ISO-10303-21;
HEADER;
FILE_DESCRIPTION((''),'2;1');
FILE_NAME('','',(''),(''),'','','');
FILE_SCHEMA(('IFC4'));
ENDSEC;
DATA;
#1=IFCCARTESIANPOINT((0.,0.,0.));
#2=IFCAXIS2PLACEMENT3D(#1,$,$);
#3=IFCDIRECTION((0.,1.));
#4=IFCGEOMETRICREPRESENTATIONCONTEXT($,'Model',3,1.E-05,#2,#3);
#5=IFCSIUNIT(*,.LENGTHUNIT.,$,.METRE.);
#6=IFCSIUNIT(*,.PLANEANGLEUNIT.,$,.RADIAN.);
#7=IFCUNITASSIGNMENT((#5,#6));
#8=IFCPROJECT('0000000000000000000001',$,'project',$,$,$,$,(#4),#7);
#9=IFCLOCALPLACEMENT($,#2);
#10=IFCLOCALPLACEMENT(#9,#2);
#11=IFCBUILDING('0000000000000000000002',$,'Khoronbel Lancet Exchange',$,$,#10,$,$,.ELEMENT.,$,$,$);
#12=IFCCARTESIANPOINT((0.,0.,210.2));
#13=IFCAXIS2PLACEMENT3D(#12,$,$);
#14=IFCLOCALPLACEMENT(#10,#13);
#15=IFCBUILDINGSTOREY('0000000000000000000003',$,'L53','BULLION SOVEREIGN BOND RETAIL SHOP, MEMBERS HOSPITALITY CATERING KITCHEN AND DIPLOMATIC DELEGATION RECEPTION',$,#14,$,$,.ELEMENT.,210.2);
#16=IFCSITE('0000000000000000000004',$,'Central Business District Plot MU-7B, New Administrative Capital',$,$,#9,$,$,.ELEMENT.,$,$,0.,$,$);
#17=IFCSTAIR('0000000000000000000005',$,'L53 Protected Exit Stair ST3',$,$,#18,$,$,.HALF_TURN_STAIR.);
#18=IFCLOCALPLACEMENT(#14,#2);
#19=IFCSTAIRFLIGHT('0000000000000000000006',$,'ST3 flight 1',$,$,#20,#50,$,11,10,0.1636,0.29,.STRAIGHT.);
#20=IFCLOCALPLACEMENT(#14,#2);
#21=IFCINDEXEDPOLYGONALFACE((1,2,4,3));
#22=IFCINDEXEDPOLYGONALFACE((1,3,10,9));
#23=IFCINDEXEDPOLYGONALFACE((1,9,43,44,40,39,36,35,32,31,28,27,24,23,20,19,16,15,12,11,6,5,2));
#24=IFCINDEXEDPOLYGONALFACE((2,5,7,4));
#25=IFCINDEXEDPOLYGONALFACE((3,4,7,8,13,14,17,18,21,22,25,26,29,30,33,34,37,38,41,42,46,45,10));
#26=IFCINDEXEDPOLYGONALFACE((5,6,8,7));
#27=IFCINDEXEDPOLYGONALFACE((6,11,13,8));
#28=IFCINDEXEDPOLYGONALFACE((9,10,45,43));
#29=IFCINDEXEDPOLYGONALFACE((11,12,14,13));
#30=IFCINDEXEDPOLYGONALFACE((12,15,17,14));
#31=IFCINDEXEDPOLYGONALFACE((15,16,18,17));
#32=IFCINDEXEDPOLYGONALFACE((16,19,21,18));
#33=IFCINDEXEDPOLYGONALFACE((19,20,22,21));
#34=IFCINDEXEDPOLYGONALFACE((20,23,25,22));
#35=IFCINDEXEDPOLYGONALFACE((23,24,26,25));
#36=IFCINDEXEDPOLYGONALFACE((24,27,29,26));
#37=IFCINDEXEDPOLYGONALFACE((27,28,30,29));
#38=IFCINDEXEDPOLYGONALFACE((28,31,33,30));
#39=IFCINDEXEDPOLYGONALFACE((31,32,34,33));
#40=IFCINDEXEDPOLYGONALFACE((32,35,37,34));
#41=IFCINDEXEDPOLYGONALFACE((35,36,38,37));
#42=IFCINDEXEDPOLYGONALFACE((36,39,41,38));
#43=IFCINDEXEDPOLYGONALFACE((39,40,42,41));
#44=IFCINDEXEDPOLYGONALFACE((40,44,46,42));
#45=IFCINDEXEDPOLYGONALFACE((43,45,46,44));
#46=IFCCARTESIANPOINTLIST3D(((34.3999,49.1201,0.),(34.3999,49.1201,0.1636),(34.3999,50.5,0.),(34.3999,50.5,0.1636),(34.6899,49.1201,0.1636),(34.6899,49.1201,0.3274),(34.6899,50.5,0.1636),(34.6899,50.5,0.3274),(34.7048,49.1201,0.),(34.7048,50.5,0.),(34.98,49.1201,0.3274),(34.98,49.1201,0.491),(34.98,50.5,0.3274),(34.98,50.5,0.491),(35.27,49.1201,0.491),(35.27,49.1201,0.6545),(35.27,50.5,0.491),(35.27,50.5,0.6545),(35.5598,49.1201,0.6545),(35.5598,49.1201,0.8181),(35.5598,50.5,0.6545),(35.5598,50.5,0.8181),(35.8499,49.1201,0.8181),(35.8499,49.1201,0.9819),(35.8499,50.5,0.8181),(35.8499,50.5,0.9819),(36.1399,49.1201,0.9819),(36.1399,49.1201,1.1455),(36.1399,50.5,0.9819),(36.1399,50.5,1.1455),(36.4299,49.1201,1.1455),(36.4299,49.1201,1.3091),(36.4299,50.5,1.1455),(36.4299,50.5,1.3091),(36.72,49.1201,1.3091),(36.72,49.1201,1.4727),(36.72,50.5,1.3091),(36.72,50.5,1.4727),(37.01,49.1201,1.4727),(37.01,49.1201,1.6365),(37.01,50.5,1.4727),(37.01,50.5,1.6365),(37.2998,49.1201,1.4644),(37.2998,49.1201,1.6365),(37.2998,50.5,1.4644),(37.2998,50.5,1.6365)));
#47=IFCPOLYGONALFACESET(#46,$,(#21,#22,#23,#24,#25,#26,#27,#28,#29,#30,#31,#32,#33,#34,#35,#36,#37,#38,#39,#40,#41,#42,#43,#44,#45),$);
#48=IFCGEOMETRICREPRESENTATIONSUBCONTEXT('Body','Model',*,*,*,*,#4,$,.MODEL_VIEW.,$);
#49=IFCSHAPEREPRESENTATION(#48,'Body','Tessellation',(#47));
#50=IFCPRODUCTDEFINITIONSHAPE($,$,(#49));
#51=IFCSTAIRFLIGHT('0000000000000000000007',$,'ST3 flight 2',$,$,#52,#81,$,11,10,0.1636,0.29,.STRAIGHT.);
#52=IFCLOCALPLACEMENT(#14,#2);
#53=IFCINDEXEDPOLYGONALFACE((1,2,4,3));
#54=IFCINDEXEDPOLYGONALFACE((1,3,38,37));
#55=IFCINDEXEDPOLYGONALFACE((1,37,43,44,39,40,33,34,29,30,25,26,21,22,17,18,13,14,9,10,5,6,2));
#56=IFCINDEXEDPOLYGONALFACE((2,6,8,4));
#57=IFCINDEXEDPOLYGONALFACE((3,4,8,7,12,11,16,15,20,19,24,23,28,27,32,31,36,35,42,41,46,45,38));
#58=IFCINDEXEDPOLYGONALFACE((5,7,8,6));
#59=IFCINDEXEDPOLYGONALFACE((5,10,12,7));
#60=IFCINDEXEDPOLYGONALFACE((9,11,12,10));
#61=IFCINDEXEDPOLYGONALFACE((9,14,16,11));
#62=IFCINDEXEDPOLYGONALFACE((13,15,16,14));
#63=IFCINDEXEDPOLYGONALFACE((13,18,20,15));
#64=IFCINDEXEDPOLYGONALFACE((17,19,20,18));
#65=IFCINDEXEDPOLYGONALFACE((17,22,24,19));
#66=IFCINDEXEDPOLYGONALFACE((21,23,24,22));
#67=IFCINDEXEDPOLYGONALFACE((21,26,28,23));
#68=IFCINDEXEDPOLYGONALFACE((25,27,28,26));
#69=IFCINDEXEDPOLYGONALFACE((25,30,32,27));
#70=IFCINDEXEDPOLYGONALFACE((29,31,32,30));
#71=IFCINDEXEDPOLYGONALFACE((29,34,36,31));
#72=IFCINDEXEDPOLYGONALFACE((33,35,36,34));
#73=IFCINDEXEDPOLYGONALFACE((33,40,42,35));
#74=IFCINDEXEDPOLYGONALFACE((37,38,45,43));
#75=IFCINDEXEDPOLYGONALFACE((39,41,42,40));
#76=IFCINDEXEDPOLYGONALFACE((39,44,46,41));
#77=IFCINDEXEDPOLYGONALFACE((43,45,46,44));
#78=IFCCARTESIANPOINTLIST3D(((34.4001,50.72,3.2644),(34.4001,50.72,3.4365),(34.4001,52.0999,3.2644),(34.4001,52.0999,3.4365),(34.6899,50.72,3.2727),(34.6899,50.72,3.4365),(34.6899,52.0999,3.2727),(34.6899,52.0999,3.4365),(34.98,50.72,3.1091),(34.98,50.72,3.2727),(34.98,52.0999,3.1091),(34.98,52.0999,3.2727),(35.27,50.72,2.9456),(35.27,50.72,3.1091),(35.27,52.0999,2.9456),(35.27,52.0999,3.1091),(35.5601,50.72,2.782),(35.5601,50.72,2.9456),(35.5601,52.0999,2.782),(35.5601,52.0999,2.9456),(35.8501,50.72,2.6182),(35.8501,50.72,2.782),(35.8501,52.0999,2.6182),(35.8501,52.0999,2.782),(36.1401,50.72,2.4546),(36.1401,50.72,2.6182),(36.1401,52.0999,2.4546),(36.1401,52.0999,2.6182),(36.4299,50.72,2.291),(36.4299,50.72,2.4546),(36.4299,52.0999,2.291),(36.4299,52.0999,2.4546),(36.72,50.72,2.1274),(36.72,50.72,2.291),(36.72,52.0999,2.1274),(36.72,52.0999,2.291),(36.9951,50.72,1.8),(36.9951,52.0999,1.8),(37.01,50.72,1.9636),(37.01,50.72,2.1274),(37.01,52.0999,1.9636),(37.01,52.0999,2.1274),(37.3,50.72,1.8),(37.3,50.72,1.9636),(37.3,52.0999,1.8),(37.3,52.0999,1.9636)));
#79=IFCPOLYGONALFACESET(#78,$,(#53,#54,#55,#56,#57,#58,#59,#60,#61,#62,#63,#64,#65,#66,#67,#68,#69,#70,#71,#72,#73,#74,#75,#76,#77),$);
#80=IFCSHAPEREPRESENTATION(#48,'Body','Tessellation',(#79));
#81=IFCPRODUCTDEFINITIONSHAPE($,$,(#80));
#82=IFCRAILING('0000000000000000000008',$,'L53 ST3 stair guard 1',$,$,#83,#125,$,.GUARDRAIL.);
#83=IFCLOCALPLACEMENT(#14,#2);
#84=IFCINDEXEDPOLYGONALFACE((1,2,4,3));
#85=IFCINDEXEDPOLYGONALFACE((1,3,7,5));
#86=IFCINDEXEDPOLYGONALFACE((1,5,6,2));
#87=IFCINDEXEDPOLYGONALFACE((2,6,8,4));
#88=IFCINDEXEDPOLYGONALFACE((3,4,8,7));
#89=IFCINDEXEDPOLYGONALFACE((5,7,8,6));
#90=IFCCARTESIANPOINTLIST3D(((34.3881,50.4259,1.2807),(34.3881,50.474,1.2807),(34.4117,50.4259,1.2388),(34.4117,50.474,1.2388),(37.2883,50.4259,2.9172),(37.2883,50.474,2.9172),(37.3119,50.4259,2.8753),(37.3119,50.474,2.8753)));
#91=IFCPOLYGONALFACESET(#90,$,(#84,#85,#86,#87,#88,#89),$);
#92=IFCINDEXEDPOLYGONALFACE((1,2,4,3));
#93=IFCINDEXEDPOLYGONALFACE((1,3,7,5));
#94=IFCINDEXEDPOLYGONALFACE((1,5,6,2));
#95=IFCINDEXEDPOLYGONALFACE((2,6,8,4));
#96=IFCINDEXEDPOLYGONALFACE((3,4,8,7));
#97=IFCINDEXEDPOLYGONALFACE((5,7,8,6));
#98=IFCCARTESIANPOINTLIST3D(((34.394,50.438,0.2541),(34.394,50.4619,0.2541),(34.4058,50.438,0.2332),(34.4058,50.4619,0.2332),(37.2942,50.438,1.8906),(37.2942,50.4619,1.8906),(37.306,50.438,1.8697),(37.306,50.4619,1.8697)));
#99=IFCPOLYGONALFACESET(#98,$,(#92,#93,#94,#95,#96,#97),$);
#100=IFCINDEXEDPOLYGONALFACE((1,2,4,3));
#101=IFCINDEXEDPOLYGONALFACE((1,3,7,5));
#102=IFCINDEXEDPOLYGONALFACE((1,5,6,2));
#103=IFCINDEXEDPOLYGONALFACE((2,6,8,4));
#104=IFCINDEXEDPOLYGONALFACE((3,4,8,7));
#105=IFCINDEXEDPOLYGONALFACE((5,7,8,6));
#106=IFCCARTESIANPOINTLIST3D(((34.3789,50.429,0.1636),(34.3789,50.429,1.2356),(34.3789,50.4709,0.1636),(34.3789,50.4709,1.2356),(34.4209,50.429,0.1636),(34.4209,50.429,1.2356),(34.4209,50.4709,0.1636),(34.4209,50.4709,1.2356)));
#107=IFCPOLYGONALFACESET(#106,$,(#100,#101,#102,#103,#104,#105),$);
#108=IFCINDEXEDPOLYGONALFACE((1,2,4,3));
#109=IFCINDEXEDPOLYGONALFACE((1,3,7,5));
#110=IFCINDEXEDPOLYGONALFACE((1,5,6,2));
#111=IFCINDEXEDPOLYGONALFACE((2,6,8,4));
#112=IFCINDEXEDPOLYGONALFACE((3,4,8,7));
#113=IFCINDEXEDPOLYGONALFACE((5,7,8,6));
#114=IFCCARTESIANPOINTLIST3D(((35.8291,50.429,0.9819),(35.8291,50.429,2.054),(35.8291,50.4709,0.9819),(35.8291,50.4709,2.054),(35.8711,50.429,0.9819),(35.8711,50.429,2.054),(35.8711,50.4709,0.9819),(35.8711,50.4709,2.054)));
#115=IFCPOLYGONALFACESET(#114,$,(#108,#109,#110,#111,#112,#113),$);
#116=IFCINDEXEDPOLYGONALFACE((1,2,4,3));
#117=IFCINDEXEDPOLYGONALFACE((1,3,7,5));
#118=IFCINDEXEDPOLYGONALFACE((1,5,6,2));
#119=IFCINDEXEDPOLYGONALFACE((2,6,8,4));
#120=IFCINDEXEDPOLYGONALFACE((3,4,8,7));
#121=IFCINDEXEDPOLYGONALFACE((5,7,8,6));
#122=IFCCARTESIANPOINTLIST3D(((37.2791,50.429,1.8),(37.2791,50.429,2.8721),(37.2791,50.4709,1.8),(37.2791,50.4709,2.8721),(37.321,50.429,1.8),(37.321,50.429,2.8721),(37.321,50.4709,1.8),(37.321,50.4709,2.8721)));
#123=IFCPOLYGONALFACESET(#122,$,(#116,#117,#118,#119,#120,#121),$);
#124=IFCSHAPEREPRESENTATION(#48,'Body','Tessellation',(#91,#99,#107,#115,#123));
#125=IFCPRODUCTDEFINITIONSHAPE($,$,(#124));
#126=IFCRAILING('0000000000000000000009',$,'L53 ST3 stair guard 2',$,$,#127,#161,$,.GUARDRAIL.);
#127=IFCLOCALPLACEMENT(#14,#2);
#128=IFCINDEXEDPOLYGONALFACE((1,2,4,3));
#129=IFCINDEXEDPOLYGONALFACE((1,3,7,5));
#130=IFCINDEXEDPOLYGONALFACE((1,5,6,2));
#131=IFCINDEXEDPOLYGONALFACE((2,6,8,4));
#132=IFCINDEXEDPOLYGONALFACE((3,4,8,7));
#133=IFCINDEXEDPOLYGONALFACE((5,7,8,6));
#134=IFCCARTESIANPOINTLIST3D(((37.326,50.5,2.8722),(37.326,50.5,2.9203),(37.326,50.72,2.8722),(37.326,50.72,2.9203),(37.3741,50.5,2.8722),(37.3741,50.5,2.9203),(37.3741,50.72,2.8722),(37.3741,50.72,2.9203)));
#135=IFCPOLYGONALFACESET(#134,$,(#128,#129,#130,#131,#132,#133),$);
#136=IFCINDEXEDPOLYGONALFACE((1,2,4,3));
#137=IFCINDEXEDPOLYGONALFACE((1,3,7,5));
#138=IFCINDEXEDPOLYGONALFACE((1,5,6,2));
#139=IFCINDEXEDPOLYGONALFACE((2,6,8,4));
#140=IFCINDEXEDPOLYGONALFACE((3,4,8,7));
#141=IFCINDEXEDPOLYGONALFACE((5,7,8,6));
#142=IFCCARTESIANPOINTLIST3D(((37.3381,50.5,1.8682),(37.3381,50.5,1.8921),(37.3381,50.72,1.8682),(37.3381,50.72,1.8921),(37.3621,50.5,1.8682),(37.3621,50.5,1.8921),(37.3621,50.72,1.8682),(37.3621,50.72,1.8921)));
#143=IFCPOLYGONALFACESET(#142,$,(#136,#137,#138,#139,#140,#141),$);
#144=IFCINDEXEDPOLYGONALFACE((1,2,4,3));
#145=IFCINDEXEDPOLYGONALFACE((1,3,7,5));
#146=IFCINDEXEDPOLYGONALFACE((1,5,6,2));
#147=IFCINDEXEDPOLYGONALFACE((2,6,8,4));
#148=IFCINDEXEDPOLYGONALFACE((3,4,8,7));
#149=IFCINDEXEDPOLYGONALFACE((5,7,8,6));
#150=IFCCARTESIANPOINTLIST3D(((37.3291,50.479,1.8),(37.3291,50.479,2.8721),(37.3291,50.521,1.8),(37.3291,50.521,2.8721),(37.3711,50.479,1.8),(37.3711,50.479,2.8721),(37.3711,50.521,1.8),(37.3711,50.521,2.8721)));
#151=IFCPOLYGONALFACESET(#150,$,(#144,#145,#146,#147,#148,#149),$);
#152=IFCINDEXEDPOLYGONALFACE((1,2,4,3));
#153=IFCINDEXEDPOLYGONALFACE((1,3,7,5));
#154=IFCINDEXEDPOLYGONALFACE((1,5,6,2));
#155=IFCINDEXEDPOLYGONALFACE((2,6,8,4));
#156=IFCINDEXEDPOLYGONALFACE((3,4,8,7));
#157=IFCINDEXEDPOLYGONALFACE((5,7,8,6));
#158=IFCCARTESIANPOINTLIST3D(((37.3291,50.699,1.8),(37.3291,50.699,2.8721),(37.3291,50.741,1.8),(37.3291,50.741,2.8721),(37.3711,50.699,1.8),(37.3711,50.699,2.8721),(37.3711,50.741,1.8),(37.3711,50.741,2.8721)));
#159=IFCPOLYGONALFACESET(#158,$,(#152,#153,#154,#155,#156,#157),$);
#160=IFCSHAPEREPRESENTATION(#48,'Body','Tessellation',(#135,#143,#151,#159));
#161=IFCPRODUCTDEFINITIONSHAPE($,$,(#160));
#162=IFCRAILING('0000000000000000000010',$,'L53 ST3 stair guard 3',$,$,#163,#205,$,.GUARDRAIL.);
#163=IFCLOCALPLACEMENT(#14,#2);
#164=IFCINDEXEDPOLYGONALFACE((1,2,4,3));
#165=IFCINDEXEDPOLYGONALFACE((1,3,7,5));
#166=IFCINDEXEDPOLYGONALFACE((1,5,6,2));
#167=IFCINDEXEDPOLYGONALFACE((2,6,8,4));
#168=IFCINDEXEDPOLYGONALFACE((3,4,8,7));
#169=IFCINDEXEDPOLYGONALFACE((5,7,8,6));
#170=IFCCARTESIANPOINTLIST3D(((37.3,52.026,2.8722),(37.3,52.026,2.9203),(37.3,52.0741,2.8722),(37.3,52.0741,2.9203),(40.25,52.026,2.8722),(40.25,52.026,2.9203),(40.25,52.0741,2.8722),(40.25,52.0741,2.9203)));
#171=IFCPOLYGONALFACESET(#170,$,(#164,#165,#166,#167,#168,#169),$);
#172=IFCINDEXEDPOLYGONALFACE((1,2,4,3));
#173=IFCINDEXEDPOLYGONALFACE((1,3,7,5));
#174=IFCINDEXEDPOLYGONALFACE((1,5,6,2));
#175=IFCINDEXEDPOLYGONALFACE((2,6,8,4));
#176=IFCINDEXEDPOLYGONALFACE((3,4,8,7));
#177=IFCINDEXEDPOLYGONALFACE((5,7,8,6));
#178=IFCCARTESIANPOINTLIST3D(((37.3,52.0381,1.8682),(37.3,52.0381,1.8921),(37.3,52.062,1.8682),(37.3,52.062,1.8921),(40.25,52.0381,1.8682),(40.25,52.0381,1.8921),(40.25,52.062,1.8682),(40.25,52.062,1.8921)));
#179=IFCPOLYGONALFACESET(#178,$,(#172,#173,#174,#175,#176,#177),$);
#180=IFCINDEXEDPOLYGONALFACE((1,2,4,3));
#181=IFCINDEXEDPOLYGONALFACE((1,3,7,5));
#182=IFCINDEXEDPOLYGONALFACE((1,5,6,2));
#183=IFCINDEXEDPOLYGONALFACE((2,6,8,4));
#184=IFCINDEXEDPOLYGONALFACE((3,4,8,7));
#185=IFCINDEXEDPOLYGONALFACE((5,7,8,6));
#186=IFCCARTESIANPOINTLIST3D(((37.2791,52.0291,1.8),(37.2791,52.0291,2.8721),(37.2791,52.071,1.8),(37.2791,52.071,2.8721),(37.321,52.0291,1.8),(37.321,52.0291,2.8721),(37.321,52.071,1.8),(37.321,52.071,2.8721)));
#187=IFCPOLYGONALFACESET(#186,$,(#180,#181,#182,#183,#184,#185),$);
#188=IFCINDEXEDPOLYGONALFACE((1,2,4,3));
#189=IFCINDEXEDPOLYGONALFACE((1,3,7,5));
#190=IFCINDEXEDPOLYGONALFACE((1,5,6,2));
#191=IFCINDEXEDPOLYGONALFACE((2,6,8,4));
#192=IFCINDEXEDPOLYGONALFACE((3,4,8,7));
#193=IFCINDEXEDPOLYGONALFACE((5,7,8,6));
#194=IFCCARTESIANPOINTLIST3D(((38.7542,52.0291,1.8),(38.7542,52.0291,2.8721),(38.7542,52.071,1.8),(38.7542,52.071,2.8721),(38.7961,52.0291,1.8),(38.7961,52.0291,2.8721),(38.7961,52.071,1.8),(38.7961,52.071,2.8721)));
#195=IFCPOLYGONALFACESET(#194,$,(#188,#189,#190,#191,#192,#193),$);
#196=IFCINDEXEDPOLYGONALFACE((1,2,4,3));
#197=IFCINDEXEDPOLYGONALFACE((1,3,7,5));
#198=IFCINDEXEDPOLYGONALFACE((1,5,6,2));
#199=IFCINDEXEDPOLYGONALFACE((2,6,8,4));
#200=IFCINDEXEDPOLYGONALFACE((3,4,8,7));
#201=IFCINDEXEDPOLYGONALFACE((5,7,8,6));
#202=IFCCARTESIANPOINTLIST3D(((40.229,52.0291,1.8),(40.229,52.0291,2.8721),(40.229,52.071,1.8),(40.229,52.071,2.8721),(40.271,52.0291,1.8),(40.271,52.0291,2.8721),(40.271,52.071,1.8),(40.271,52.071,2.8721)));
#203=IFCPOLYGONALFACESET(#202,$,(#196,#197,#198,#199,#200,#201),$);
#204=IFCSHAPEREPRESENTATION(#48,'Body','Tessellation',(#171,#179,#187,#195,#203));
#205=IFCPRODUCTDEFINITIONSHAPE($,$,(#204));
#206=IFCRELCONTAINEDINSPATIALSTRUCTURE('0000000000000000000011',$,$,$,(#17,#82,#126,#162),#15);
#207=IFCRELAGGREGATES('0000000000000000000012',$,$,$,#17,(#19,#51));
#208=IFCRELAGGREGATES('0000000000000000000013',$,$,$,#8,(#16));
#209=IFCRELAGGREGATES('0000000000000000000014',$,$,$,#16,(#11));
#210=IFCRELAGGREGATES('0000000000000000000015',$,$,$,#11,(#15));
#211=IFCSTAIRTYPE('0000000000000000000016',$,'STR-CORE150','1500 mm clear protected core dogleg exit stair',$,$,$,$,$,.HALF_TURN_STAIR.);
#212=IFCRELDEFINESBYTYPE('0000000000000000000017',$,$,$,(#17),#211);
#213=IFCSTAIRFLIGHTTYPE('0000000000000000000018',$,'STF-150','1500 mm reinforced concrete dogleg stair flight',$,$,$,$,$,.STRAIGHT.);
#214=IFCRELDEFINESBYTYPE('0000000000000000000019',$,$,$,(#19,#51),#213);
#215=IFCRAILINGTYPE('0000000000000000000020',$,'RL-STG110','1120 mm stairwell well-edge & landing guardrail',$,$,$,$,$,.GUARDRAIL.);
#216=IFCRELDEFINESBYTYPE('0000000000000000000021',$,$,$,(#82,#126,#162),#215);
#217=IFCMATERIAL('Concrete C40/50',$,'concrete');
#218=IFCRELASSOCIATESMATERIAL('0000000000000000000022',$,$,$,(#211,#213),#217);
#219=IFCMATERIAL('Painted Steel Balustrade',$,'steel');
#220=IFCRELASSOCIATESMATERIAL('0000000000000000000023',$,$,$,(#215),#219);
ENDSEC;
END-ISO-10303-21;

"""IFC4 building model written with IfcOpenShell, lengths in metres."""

from ifc_helpers import new_model, si_unit, direction, frame, origin, origin_2d, place, context, subcontext, project, spatial, polyline, rectangle, outline, extrude, material, type_object, element, aggregate, save


model = new_model("IFC4")

# Units and contexts
model_context = context("Model", 3, precision=1e-05, world=origin(), true_north=direction((0.0, 1.0)))
body_context = subcontext(model_context, "Body", "Model", "MODEL_VIEW")
ifc_project = project(units=[si_unit("LENGTHUNIT", "METRE"), si_unit("PLANEANGLEUNIT", "RADIAN")], contexts=[model_context])

# Site, building, storey
site_placement = place(None, origin())
site = spatial("IfcSite", under=ifc_project, at=site_placement, Name="Central Business District Plot MU-7B, New Administrative Capital", CompositionType="ELEMENT", RefElevation=0.0)
building_placement = place(site_placement, origin())
building = spatial("IfcBuilding", under=site, at=building_placement, Name="Khoronbel Lancet Exchange", CompositionType="ELEMENT")
storey_placement = place(building_placement, frame((0.0, 0.0, 210.2)))
storey = spatial("IfcBuildingStorey", under=building, at=storey_placement, Name="L53", Description="BULLION SOVEREIGN BOND RETAIL SHOP, MEMBERS HOSPITALITY CATERING KITCHEN AND DIPLOMATIC DELEGATION RECEPTION", CompositionType="ELEMENT", Elevation=210.2)

# Stair, stair flights
ifc_material_1 = material(Name="Concrete C40/50", Category="concrete")
stair_type = type_object("IfcStairType", Name="STR-CORE150", Description="1500 mm clear protected core dogleg exit stair", PredefinedType="HALF_TURN_STAIR", material=ifc_material_1)
stair_placement = place(storey_placement, origin())
stair = element("IfcStair", 1, at=stair_placement, inside=storey, type_object=stair_type, Name="L53 Protected Exit Stair ST3", PredefinedType="HALF_TURN_STAIR")
stair_flight_type = type_object("IfcStairFlightType", Name="STF-150", Description="1500 mm reinforced concrete dogleg stair flight", PredefinedType="STRAIGHT", material=ifc_material_1)
stair_flight_1_placement = place(storey_placement, frame((34.3999, 49.8101, 0.0), z_axis=(0.0, 0.0, 1.0), x_axis=(1.0, 0.0, 0.0)))
stair_flight_1 = element("IfcStairFlight", 2, at=stair_flight_1_placement, type_object=stair_flight_type, Name="ST3 flight 1", NumberOfRisers=11, NumberOfTreads=10, PredefinedType="STRAIGHT", RiserHeight=0.1636, TreadLength=0.29, context=body_context, shape_type="SweptSolid", body=[
    extrude(outline(polyline([(0.0, 0.0), (0.0, 0.1636), (0.29, 0.1636), (0.29, 0.3274), (0.5801, 0.3274), (0.5801, 0.491), (0.8701, 0.491), (0.8701, 0.6545), (1.1599, 0.6545), (1.1599, 0.8181), (1.45, 0.8181), (1.45, 0.9819), (1.74, 0.9819), (1.74, 1.1455), (2.03, 1.1455), (2.03, 1.3091), (2.3201, 1.3091), (2.3201, 1.4727), (2.6101, 1.4727), (2.6101, 1.6365), (2.8999, 1.6365), (2.8999, 1.8), (2.8999, 1.4644), (0.3049, 0.0), (0.0, 0.0)])), frame((0.0, 0.6899, 0.0), z_axis=(0.0, -1.0, 0.0), x_axis=(1.0, 0.0, 0.0)), (0.0, 0.0, 1.0), 1.3799),
])
stair_flight_2_placement = place(storey_placement, frame((37.3, 51.4099, 1.8), z_axis=(0.0, 0.0, 1.0), x_axis=(-1.0, 0.0, 0.0)))
stair_flight_2 = element("IfcStairFlight", 3, at=stair_flight_2_placement, type_object=stair_flight_type, Name="ST3 flight 2", NumberOfRisers=11, NumberOfTreads=10, PredefinedType="STRAIGHT", RiserHeight=0.1636, TreadLength=0.29, context=body_context, shape_type="SweptSolid", body=[
    extrude(outline(polyline([(0.0, 0.0), (0.0, 0.1636), (0.29, 0.1636), (0.29, 0.3274), (0.5801, 0.3274), (0.5801, 0.491), (0.8701, 0.491), (0.8701, 0.6545), (1.1599, 0.6545), (1.1599, 0.8181), (1.45, 0.8181), (1.45, 0.9819), (1.74, 0.9819), (1.74, 1.1455), (2.03, 1.1455), (2.03, 1.3091), (2.3201, 1.3091), (2.3201, 1.4727), (2.6101, 1.4727), (2.6101, 1.6365), (2.8999, 1.6365), (2.8999, 1.8), (2.8999, 1.4644), (0.3049, 0.0), (0.0, 0.0)])), frame((0.0, 0.6899, 0.0), z_axis=(0.0, -1.0, 0.0), x_axis=(1.0, 0.0, 0.0)), (0.0, 0.0, 1.0), 1.3799),
])
aggregate(stair, [stair_flight_1, stair_flight_2])

# Railings
ifc_material_2 = material(Name="Painted Steel Balustrade", Category="steel")
railing_type_1 = type_object("IfcRailingType", Name="RL-STG110", Description="1120 mm stairwell well-edge & landing guardrail", PredefinedType="GUARDRAIL", material=ifc_material_2)
railing_1_placement = place(storey_placement, frame((34.3999, 50.45, 0.1636)))
element("IfcRailing", 4, at=railing_1_placement, inside=storey, type_object=railing_type_1, Name="L53 ST3 stair guard 1", PredefinedType="GUARDRAIL", context=body_context, shape_type="SweptSolid", body=[
    extrude(rectangle(XDim=0.0481, YDim=0.0481, at=origin_2d()), frame((0.0, 0.0, 1.0962), z_axis=(0.870915, 0.0, 0.491434), x_axis=(0.0, 1.0, 0.0)), (0.0, 0.0, 1.0), 3.3301),
    extrude(rectangle(XDim=0.0239, YDim=0.0239, at=origin_2d()), frame((0.0, 0.0, 0.0801), z_axis=(0.870915, 0.0, 0.491434), x_axis=(0.0, 1.0, 0.0)), (0.0, 0.0, 1.0), 3.3301),
    extrude(rectangle(XDim=0.042, YDim=0.042, at=origin_2d()), origin(), (0.0, 0.0, 1.0), 1.072),
    extrude(rectangle(XDim=0.042, YDim=0.042, at=origin_2d()), frame((1.4502, 0.0, 0.8184)), (0.0, 0.0, 1.0), 1.072),
    extrude(rectangle(XDim=0.042, YDim=0.042, at=origin_2d()), frame((2.9001, 0.0, 1.6365)), (0.0, 0.0, 1.0), 1.072),
])
railing_2_placement = place(storey_placement, frame((37.3501, 50.5, 1.8)))
element("IfcRailing", 5, at=railing_2_placement, inside=storey, type_object=railing_type_1, Name="L53 ST3 stair guard 2", PredefinedType="GUARDRAIL", context=body_context, shape_type="SweptSolid", body=[
    extrude(rectangle(XDim=0.0481, YDim=0.0481, at=origin_2d()), frame((0.0, 0.0, 1.0962), z_axis=(0.0, 1.0, 0.0), x_axis=(-1.0, 0.0, 0.0)), (0.0, 0.0, 1.0), 0.22),
    extrude(rectangle(XDim=0.0239, YDim=0.0239, at=origin_2d()), frame((0.0, 0.0, 0.0801), z_axis=(0.0, 1.0, 0.0), x_axis=(-1.0, 0.0, 0.0)), (0.0, 0.0, 1.0), 0.22),
    extrude(rectangle(XDim=0.042, YDim=0.042, at=origin_2d()), origin(), (0.0, 0.0, 1.0), 1.072),
    extrude(rectangle(XDim=0.042, YDim=0.042, at=origin_2d()), frame((0.0, 0.22, 0.0)), (0.0, 0.0, 1.0), 1.072),
])
railing_3_placement = place(storey_placement, frame((37.3, 52.05, 1.8)))
element("IfcRailing", 6, at=railing_3_placement, inside=storey, type_object=railing_type_1, Name="L53 ST3 stair guard 3", PredefinedType="GUARDRAIL", context=body_context, shape_type="SweptSolid", body=[
    extrude(rectangle(XDim=0.0481, YDim=0.0481, at=origin_2d()), frame((0.0, 0.0, 1.0962), z_axis=(1.0, 0.0, 0.0), x_axis=(0.0, 1.0, 0.0)), (0.0, 0.0, 1.0), 2.95),
    extrude(rectangle(XDim=0.0239, YDim=0.0239, at=origin_2d()), frame((0.0, 0.0, 0.0801), z_axis=(1.0, 0.0, 0.0), x_axis=(0.0, 1.0, 0.0)), (0.0, 0.0, 1.0), 2.95),
    extrude(rectangle(XDim=0.042, YDim=0.042, at=origin_2d()), origin(), (0.0, 0.0, 1.0), 1.072),
    extrude(rectangle(XDim=0.042, YDim=0.042, at=origin_2d()), frame((1.4751, 0.0, 0.0)), (0.0, 0.0, 1.0), 1.072),
    extrude(rectangle(XDim=0.042, YDim=0.042, at=origin_2d()), frame((2.95, 0.0, 0.0)), (0.0, 0.0, 1.0), 1.072),
])

save(model, "model.ifc")
